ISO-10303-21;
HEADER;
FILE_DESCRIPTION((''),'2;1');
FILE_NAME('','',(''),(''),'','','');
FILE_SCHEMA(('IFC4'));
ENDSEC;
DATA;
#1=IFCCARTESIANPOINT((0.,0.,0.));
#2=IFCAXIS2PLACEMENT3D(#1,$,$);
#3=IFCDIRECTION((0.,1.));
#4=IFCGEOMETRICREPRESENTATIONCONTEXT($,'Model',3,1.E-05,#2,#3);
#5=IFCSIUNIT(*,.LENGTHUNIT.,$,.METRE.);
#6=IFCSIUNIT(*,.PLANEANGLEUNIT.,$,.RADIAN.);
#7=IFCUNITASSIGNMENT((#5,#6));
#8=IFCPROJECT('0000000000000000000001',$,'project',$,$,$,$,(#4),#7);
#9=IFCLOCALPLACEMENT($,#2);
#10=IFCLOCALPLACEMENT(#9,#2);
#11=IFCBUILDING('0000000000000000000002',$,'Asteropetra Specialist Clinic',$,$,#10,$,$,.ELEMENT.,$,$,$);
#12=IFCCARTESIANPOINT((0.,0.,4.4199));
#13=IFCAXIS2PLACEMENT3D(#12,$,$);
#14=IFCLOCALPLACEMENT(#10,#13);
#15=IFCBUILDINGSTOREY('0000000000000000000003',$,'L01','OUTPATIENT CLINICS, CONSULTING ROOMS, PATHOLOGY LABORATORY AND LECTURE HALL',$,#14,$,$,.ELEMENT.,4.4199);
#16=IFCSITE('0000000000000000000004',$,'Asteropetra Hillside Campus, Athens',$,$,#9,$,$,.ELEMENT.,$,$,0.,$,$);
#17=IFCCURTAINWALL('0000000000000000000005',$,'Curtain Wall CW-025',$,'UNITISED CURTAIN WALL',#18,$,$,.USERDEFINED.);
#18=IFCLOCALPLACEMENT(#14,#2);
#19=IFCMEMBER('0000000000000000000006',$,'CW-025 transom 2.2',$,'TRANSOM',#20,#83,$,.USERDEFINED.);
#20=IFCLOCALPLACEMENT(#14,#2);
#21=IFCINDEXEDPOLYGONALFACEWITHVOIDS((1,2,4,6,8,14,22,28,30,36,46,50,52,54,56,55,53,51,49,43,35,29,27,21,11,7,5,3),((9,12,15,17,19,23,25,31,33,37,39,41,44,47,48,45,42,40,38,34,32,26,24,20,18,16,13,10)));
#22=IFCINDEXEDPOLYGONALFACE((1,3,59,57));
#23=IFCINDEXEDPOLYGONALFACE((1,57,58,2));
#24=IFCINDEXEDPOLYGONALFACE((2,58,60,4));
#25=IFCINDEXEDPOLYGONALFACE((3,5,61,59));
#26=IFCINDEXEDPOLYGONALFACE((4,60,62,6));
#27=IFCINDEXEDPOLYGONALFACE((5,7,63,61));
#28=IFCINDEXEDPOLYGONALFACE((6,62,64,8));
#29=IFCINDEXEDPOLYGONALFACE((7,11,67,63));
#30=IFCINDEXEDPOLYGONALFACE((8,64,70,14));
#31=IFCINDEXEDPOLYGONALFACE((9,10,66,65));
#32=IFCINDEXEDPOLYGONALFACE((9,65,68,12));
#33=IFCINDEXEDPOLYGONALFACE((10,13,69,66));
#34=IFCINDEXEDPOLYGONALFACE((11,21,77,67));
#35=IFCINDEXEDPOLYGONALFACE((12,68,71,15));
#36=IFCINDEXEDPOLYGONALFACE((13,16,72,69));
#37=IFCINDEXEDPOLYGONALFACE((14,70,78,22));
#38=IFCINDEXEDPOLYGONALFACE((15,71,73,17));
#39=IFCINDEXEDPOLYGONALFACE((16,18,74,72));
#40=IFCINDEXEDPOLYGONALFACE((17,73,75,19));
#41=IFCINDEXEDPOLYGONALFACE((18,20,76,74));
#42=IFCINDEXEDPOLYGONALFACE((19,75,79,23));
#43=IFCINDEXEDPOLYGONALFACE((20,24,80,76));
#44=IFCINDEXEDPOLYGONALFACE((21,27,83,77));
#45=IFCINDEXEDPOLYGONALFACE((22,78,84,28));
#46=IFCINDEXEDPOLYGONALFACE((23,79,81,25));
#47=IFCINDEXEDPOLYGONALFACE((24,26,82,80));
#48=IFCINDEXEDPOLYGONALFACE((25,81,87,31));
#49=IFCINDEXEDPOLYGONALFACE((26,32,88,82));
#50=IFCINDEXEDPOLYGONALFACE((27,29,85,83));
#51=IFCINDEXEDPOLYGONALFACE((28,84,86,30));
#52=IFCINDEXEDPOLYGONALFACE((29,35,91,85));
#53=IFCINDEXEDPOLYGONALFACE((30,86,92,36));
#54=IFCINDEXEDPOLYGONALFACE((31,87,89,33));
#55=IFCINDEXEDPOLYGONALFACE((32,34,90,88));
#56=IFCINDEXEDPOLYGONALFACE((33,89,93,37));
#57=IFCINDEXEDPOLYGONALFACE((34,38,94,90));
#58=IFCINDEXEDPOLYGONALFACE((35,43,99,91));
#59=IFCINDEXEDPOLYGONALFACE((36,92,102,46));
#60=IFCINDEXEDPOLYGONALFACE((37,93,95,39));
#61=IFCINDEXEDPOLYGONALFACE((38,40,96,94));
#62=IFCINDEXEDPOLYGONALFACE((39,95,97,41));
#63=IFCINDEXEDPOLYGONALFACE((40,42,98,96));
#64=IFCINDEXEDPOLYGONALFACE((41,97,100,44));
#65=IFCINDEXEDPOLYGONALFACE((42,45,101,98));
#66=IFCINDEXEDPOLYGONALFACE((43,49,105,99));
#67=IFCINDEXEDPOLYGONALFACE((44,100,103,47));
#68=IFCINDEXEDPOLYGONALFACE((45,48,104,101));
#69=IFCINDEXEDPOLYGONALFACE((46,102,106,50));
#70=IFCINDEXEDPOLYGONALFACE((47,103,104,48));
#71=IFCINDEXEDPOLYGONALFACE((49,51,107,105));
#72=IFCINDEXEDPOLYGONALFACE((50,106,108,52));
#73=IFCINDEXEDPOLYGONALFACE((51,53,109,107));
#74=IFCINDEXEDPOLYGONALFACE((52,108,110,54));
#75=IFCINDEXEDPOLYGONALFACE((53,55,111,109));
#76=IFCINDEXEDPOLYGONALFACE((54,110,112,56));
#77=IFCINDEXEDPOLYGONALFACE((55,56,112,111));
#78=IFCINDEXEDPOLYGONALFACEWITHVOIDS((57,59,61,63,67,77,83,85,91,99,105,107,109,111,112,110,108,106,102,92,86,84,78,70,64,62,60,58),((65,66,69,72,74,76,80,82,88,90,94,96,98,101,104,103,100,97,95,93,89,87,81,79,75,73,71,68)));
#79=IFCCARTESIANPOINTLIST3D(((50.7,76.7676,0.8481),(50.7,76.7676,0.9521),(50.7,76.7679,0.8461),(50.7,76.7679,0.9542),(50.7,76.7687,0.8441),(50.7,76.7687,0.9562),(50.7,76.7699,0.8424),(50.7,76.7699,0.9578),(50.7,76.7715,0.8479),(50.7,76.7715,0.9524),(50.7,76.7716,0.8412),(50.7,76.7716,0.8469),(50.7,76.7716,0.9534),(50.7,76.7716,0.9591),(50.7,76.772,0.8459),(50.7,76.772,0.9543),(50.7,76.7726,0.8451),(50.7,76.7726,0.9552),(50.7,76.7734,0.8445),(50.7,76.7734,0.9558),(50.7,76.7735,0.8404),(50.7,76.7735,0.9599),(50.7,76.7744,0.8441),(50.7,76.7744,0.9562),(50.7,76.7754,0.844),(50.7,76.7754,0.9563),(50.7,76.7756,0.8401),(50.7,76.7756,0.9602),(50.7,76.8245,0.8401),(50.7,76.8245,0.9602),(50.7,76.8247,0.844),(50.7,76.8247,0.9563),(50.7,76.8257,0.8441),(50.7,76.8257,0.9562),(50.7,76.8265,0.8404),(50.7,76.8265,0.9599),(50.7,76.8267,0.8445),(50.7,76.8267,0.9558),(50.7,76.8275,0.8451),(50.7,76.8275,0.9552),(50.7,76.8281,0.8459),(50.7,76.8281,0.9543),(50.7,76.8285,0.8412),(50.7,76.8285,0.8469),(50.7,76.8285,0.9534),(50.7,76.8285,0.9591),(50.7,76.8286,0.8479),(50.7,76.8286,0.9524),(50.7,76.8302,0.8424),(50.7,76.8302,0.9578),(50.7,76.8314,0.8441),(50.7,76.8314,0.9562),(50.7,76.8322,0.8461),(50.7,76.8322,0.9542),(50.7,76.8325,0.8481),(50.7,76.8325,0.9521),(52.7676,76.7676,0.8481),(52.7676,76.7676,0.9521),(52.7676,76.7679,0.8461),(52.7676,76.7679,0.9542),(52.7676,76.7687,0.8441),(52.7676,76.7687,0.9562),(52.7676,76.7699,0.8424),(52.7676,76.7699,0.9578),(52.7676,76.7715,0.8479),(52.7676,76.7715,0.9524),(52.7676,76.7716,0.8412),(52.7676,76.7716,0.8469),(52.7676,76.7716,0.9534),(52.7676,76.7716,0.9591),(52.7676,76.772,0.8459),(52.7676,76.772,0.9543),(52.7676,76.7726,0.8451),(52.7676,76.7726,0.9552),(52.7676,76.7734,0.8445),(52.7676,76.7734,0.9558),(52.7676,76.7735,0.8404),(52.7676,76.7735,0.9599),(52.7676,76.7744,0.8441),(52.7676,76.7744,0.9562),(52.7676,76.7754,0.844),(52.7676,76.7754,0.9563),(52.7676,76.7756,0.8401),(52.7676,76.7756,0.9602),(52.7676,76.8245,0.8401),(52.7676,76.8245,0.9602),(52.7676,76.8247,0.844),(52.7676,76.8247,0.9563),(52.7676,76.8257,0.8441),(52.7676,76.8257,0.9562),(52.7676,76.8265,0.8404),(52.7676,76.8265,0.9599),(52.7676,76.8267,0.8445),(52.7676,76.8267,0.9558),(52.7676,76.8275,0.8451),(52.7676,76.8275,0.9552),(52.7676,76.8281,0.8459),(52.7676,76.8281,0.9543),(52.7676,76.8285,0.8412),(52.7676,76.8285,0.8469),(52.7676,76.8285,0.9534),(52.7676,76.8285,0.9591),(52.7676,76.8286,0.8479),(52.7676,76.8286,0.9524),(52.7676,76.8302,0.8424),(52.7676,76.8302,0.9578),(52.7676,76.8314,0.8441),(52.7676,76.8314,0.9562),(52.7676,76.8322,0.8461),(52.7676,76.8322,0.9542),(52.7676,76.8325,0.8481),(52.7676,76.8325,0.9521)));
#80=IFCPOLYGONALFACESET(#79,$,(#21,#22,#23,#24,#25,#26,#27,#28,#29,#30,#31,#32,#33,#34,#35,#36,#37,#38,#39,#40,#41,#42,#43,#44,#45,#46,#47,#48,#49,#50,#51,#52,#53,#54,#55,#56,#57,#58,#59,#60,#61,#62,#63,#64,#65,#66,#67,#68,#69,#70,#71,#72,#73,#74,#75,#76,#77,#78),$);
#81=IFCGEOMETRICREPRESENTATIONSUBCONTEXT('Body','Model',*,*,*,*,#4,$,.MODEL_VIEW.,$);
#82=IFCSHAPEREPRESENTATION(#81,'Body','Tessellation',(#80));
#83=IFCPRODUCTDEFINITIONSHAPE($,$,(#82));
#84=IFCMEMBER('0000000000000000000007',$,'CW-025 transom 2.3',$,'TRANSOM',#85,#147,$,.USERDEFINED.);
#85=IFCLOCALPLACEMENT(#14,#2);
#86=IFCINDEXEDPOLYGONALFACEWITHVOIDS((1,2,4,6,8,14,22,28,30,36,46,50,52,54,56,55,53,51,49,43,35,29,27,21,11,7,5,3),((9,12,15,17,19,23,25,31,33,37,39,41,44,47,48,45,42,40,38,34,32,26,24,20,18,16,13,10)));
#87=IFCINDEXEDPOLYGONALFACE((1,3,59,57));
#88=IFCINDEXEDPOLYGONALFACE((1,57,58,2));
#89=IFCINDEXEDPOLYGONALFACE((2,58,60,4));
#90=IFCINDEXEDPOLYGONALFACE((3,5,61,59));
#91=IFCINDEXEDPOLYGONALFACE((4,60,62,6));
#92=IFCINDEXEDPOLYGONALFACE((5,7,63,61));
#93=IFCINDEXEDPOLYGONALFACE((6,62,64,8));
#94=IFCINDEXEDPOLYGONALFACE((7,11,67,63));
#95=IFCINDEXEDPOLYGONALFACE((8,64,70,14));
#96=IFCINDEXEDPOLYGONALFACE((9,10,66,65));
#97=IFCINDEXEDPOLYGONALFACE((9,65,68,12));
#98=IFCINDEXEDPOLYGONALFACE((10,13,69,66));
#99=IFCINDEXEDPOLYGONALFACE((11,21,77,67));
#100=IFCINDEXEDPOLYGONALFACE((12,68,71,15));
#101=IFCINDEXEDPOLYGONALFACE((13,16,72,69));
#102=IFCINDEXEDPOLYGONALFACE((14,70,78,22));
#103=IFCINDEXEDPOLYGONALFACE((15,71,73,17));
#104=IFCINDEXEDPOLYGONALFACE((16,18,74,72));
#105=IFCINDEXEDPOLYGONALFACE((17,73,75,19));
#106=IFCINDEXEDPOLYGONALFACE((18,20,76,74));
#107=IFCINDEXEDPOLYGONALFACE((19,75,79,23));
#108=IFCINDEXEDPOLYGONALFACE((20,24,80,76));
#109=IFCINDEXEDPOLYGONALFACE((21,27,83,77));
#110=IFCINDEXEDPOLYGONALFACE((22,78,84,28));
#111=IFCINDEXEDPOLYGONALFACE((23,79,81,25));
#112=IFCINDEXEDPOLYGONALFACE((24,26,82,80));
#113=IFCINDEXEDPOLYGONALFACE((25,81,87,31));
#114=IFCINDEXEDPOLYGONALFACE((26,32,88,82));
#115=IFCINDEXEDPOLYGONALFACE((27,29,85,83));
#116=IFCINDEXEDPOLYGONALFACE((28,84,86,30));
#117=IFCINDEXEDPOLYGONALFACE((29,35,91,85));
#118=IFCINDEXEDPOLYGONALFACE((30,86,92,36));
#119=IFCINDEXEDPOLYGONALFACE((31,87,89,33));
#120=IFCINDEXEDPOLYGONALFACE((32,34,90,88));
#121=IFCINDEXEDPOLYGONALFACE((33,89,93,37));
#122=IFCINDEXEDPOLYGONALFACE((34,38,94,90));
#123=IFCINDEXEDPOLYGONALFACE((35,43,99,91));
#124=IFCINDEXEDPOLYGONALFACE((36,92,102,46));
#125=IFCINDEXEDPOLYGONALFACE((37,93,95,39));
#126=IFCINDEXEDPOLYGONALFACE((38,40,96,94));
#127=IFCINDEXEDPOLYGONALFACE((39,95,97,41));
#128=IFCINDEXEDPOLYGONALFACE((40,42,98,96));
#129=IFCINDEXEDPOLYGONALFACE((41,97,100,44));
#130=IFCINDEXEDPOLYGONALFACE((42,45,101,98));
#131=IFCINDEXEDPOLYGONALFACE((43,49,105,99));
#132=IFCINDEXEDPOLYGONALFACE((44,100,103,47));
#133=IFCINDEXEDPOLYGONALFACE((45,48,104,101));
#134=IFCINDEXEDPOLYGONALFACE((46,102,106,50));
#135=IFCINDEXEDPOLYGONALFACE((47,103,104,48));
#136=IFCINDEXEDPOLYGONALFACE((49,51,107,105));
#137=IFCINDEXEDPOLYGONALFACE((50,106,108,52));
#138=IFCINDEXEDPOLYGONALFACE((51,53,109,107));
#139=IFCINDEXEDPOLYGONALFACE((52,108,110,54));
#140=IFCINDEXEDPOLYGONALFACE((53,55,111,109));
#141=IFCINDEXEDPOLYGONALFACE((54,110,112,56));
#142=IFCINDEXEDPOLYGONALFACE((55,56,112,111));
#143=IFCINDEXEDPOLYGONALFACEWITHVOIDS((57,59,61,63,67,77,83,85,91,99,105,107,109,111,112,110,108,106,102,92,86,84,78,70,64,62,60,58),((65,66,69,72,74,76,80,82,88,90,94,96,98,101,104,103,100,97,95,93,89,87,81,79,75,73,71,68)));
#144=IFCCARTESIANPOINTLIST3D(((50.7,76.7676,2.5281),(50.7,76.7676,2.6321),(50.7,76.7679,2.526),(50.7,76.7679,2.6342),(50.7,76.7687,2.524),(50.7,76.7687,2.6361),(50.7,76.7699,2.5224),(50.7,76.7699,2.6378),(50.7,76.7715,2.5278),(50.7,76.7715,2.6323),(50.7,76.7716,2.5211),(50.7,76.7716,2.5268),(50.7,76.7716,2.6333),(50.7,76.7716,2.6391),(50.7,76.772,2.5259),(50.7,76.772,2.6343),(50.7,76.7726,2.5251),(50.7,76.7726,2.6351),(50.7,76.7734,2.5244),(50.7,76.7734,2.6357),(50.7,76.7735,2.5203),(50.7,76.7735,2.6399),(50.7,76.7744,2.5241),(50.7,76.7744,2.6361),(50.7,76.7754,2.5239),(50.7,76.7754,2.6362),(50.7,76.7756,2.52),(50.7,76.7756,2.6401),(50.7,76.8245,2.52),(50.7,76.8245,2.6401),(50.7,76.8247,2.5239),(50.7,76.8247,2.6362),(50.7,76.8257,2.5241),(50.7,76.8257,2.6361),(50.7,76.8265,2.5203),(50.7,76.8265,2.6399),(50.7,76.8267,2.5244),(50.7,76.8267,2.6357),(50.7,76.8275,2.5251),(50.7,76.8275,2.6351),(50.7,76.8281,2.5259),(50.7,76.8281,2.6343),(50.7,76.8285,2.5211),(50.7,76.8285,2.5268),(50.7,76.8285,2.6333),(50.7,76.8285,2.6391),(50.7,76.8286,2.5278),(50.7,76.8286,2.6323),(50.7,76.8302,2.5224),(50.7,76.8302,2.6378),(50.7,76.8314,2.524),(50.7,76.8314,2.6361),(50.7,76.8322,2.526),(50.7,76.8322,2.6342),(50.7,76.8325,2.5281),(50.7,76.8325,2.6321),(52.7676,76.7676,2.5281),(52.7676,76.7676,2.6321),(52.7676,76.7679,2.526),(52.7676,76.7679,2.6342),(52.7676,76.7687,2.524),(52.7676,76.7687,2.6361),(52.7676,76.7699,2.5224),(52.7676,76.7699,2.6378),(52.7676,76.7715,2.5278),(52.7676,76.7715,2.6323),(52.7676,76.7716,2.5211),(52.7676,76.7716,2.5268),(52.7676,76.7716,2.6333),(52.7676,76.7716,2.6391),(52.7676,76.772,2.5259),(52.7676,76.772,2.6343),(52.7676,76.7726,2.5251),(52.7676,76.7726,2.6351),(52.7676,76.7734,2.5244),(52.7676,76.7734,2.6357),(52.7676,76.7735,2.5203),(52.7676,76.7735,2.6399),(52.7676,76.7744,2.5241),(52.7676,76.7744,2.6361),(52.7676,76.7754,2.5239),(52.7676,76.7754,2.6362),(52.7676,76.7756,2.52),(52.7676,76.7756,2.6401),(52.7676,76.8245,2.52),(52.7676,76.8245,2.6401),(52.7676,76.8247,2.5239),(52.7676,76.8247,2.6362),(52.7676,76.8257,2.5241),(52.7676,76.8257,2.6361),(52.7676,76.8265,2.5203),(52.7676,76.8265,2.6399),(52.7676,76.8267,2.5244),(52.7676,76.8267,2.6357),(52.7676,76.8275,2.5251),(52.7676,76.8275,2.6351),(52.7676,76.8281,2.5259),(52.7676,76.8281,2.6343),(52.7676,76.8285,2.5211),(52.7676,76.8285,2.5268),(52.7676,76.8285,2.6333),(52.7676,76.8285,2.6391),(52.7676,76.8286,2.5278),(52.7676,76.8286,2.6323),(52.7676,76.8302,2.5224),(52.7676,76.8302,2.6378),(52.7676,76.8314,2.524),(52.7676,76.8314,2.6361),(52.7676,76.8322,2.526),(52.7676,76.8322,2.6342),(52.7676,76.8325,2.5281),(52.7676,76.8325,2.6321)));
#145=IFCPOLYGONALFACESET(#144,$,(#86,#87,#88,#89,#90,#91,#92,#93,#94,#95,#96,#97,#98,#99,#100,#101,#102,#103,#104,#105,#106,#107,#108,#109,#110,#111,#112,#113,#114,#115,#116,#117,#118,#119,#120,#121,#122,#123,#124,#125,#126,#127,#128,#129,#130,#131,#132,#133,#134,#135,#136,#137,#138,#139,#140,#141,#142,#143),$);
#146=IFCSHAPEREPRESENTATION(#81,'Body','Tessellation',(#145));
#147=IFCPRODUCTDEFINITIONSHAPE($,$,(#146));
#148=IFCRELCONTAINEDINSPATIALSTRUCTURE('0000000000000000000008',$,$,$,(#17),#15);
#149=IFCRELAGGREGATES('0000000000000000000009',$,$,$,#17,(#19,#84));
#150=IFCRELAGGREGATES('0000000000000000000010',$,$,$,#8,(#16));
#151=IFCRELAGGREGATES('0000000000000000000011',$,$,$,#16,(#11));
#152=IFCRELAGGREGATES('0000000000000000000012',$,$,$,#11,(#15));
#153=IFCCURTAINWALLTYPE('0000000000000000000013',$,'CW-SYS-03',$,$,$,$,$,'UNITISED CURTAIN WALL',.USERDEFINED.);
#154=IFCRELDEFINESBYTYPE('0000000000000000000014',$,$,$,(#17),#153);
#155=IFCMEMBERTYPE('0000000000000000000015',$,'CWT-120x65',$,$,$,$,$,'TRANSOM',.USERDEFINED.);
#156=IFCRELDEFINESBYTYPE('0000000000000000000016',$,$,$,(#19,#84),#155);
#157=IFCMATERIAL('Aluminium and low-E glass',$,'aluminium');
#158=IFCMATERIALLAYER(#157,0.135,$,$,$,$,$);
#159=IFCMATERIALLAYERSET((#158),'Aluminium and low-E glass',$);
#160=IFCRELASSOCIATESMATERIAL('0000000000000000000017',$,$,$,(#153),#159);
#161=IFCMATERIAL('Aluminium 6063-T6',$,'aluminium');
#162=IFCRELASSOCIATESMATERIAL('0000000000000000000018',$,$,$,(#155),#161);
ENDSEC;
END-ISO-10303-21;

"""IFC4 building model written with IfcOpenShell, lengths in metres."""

from ifc_helpers import new_model, si_unit, direction, frame, origin, origin_2d, place, context, subcontext, project, spatial, hollow_rectangle, extrude, material, layer, layer_set, material_profile, profile_set, type_object, element, aggregate, save


model = new_model("IFC4")

# Units and contexts
model_context = context("Model", 3, precision=1e-05, world=origin(), true_north=direction((0.0, 1.0)))
body_context = subcontext(model_context, "Body", "Model", "MODEL_VIEW")
ifc_project = project(units=[si_unit("LENGTHUNIT", "METRE"), si_unit("PLANEANGLEUNIT", "RADIAN")], contexts=[model_context])

# Site, building, storey
site_placement = place(None, origin())
site = spatial("IfcSite", under=ifc_project, at=site_placement, Name="Asteropetra Hillside Campus, Athens", CompositionType="ELEMENT", RefElevation=0.0)
building_placement = place(site_placement, origin())
building = spatial("IfcBuilding", under=site, at=building_placement, Name="Asteropetra Specialist Clinic", CompositionType="ELEMENT")
storey_placement = place(building_placement, frame((0.0, 0.0, 4.4199)))
storey = spatial("IfcBuildingStorey", under=building, at=storey_placement, Name="L01", Description="OUTPATIENT CLINICS, CONSULTING ROOMS, PATHOLOGY LABORATORY AND LECTURE HALL", CompositionType="ELEMENT", Elevation=4.4199)

# Curtain wall
ifc_material_1 = material(Name="Aluminium and low-E glass", Category="aluminium")
ifc_layer_1 = layer(ifc_material_1, 0.135)
ifc_layer_set_1 = layer_set([ifc_layer_1], Name="Aluminium and low-E glass")
curtain_wall_type_1 = type_object("IfcCurtainWallType", Name="CW-SYS-03", ElementType="UNITISED CURTAIN WALL", PredefinedType="USERDEFINED", material=ifc_layer_set_1)
curtain_wall_1_placement = place(storey_placement, origin())
curtain_wall_1 = element("IfcCurtainWall", 1, at=curtain_wall_1_placement, inside=storey, type_object=curtain_wall_type_1, Name="Curtain Wall CW-025", ObjectType="UNITISED CURTAIN WALL", PredefinedType="USERDEFINED")

# Members
ifc_material_2 = material(Name="Aluminium 6063-T6", Category="aluminium")
ifc_material_profile_1 = material_profile(ifc_material_2, hollow_rectangle(XDim=0.0649, YDim=0.1201, WallThickness=0.0039, InnerFilletRadius=0.0039, OuterFilletRadius=0.0081, at=origin_2d()), Name="TRN 120x65x4.0")
ifc_profile_set_1 = profile_set([ifc_material_profile_1], Name="Aluminium 6063-T6")
member_type_1 = type_object("IfcMemberType", Name="CWT-120x65", ElementType="TRANSOM", PredefinedType="USERDEFINED", material=ifc_profile_set_1)
member_1_placement = place(storey_placement, frame((50.7, 76.8, 0.9001), z_axis=(1.0, 0.0, 0.0), x_axis=(0.0, 1.0, 0.0)))
member_1 = element("IfcMember", 2, at=member_1_placement, type_object=member_type_1, Name="CW-025 transom 2.2", ObjectType="TRANSOM", PredefinedType="USERDEFINED", context=body_context, shape_type="SweptSolid", body=[
    extrude(hollow_rectangle(XDim=0.0649, YDim=0.1201, WallThickness=0.0039, InnerFilletRadius=0.0039, OuterFilletRadius=0.0081, at=origin_2d()), origin(), (0.0, 0.0, 1.0), 2.0676),
])
member_2_placement = place(storey_placement, frame((50.7, 76.8, 2.5801), z_axis=(1.0, 0.0, 0.0), x_axis=(0.0, 1.0, 0.0)))
member_2 = element("IfcMember", 3, at=member_2_placement, type_object=member_type_1, Name="CW-025 transom 2.3", ObjectType="TRANSOM", PredefinedType="USERDEFINED", context=body_context, shape_type="SweptSolid", body=[
    extrude(hollow_rectangle(XDim=0.0649, YDim=0.1201, WallThickness=0.0039, InnerFilletRadius=0.0039, OuterFilletRadius=0.0081, at=origin_2d()), origin(), (0.0, 0.0, 1.0), 2.0676),
])

aggregate(curtain_wall_1, [member_1, member_2])

save(model, "model.ifc")
